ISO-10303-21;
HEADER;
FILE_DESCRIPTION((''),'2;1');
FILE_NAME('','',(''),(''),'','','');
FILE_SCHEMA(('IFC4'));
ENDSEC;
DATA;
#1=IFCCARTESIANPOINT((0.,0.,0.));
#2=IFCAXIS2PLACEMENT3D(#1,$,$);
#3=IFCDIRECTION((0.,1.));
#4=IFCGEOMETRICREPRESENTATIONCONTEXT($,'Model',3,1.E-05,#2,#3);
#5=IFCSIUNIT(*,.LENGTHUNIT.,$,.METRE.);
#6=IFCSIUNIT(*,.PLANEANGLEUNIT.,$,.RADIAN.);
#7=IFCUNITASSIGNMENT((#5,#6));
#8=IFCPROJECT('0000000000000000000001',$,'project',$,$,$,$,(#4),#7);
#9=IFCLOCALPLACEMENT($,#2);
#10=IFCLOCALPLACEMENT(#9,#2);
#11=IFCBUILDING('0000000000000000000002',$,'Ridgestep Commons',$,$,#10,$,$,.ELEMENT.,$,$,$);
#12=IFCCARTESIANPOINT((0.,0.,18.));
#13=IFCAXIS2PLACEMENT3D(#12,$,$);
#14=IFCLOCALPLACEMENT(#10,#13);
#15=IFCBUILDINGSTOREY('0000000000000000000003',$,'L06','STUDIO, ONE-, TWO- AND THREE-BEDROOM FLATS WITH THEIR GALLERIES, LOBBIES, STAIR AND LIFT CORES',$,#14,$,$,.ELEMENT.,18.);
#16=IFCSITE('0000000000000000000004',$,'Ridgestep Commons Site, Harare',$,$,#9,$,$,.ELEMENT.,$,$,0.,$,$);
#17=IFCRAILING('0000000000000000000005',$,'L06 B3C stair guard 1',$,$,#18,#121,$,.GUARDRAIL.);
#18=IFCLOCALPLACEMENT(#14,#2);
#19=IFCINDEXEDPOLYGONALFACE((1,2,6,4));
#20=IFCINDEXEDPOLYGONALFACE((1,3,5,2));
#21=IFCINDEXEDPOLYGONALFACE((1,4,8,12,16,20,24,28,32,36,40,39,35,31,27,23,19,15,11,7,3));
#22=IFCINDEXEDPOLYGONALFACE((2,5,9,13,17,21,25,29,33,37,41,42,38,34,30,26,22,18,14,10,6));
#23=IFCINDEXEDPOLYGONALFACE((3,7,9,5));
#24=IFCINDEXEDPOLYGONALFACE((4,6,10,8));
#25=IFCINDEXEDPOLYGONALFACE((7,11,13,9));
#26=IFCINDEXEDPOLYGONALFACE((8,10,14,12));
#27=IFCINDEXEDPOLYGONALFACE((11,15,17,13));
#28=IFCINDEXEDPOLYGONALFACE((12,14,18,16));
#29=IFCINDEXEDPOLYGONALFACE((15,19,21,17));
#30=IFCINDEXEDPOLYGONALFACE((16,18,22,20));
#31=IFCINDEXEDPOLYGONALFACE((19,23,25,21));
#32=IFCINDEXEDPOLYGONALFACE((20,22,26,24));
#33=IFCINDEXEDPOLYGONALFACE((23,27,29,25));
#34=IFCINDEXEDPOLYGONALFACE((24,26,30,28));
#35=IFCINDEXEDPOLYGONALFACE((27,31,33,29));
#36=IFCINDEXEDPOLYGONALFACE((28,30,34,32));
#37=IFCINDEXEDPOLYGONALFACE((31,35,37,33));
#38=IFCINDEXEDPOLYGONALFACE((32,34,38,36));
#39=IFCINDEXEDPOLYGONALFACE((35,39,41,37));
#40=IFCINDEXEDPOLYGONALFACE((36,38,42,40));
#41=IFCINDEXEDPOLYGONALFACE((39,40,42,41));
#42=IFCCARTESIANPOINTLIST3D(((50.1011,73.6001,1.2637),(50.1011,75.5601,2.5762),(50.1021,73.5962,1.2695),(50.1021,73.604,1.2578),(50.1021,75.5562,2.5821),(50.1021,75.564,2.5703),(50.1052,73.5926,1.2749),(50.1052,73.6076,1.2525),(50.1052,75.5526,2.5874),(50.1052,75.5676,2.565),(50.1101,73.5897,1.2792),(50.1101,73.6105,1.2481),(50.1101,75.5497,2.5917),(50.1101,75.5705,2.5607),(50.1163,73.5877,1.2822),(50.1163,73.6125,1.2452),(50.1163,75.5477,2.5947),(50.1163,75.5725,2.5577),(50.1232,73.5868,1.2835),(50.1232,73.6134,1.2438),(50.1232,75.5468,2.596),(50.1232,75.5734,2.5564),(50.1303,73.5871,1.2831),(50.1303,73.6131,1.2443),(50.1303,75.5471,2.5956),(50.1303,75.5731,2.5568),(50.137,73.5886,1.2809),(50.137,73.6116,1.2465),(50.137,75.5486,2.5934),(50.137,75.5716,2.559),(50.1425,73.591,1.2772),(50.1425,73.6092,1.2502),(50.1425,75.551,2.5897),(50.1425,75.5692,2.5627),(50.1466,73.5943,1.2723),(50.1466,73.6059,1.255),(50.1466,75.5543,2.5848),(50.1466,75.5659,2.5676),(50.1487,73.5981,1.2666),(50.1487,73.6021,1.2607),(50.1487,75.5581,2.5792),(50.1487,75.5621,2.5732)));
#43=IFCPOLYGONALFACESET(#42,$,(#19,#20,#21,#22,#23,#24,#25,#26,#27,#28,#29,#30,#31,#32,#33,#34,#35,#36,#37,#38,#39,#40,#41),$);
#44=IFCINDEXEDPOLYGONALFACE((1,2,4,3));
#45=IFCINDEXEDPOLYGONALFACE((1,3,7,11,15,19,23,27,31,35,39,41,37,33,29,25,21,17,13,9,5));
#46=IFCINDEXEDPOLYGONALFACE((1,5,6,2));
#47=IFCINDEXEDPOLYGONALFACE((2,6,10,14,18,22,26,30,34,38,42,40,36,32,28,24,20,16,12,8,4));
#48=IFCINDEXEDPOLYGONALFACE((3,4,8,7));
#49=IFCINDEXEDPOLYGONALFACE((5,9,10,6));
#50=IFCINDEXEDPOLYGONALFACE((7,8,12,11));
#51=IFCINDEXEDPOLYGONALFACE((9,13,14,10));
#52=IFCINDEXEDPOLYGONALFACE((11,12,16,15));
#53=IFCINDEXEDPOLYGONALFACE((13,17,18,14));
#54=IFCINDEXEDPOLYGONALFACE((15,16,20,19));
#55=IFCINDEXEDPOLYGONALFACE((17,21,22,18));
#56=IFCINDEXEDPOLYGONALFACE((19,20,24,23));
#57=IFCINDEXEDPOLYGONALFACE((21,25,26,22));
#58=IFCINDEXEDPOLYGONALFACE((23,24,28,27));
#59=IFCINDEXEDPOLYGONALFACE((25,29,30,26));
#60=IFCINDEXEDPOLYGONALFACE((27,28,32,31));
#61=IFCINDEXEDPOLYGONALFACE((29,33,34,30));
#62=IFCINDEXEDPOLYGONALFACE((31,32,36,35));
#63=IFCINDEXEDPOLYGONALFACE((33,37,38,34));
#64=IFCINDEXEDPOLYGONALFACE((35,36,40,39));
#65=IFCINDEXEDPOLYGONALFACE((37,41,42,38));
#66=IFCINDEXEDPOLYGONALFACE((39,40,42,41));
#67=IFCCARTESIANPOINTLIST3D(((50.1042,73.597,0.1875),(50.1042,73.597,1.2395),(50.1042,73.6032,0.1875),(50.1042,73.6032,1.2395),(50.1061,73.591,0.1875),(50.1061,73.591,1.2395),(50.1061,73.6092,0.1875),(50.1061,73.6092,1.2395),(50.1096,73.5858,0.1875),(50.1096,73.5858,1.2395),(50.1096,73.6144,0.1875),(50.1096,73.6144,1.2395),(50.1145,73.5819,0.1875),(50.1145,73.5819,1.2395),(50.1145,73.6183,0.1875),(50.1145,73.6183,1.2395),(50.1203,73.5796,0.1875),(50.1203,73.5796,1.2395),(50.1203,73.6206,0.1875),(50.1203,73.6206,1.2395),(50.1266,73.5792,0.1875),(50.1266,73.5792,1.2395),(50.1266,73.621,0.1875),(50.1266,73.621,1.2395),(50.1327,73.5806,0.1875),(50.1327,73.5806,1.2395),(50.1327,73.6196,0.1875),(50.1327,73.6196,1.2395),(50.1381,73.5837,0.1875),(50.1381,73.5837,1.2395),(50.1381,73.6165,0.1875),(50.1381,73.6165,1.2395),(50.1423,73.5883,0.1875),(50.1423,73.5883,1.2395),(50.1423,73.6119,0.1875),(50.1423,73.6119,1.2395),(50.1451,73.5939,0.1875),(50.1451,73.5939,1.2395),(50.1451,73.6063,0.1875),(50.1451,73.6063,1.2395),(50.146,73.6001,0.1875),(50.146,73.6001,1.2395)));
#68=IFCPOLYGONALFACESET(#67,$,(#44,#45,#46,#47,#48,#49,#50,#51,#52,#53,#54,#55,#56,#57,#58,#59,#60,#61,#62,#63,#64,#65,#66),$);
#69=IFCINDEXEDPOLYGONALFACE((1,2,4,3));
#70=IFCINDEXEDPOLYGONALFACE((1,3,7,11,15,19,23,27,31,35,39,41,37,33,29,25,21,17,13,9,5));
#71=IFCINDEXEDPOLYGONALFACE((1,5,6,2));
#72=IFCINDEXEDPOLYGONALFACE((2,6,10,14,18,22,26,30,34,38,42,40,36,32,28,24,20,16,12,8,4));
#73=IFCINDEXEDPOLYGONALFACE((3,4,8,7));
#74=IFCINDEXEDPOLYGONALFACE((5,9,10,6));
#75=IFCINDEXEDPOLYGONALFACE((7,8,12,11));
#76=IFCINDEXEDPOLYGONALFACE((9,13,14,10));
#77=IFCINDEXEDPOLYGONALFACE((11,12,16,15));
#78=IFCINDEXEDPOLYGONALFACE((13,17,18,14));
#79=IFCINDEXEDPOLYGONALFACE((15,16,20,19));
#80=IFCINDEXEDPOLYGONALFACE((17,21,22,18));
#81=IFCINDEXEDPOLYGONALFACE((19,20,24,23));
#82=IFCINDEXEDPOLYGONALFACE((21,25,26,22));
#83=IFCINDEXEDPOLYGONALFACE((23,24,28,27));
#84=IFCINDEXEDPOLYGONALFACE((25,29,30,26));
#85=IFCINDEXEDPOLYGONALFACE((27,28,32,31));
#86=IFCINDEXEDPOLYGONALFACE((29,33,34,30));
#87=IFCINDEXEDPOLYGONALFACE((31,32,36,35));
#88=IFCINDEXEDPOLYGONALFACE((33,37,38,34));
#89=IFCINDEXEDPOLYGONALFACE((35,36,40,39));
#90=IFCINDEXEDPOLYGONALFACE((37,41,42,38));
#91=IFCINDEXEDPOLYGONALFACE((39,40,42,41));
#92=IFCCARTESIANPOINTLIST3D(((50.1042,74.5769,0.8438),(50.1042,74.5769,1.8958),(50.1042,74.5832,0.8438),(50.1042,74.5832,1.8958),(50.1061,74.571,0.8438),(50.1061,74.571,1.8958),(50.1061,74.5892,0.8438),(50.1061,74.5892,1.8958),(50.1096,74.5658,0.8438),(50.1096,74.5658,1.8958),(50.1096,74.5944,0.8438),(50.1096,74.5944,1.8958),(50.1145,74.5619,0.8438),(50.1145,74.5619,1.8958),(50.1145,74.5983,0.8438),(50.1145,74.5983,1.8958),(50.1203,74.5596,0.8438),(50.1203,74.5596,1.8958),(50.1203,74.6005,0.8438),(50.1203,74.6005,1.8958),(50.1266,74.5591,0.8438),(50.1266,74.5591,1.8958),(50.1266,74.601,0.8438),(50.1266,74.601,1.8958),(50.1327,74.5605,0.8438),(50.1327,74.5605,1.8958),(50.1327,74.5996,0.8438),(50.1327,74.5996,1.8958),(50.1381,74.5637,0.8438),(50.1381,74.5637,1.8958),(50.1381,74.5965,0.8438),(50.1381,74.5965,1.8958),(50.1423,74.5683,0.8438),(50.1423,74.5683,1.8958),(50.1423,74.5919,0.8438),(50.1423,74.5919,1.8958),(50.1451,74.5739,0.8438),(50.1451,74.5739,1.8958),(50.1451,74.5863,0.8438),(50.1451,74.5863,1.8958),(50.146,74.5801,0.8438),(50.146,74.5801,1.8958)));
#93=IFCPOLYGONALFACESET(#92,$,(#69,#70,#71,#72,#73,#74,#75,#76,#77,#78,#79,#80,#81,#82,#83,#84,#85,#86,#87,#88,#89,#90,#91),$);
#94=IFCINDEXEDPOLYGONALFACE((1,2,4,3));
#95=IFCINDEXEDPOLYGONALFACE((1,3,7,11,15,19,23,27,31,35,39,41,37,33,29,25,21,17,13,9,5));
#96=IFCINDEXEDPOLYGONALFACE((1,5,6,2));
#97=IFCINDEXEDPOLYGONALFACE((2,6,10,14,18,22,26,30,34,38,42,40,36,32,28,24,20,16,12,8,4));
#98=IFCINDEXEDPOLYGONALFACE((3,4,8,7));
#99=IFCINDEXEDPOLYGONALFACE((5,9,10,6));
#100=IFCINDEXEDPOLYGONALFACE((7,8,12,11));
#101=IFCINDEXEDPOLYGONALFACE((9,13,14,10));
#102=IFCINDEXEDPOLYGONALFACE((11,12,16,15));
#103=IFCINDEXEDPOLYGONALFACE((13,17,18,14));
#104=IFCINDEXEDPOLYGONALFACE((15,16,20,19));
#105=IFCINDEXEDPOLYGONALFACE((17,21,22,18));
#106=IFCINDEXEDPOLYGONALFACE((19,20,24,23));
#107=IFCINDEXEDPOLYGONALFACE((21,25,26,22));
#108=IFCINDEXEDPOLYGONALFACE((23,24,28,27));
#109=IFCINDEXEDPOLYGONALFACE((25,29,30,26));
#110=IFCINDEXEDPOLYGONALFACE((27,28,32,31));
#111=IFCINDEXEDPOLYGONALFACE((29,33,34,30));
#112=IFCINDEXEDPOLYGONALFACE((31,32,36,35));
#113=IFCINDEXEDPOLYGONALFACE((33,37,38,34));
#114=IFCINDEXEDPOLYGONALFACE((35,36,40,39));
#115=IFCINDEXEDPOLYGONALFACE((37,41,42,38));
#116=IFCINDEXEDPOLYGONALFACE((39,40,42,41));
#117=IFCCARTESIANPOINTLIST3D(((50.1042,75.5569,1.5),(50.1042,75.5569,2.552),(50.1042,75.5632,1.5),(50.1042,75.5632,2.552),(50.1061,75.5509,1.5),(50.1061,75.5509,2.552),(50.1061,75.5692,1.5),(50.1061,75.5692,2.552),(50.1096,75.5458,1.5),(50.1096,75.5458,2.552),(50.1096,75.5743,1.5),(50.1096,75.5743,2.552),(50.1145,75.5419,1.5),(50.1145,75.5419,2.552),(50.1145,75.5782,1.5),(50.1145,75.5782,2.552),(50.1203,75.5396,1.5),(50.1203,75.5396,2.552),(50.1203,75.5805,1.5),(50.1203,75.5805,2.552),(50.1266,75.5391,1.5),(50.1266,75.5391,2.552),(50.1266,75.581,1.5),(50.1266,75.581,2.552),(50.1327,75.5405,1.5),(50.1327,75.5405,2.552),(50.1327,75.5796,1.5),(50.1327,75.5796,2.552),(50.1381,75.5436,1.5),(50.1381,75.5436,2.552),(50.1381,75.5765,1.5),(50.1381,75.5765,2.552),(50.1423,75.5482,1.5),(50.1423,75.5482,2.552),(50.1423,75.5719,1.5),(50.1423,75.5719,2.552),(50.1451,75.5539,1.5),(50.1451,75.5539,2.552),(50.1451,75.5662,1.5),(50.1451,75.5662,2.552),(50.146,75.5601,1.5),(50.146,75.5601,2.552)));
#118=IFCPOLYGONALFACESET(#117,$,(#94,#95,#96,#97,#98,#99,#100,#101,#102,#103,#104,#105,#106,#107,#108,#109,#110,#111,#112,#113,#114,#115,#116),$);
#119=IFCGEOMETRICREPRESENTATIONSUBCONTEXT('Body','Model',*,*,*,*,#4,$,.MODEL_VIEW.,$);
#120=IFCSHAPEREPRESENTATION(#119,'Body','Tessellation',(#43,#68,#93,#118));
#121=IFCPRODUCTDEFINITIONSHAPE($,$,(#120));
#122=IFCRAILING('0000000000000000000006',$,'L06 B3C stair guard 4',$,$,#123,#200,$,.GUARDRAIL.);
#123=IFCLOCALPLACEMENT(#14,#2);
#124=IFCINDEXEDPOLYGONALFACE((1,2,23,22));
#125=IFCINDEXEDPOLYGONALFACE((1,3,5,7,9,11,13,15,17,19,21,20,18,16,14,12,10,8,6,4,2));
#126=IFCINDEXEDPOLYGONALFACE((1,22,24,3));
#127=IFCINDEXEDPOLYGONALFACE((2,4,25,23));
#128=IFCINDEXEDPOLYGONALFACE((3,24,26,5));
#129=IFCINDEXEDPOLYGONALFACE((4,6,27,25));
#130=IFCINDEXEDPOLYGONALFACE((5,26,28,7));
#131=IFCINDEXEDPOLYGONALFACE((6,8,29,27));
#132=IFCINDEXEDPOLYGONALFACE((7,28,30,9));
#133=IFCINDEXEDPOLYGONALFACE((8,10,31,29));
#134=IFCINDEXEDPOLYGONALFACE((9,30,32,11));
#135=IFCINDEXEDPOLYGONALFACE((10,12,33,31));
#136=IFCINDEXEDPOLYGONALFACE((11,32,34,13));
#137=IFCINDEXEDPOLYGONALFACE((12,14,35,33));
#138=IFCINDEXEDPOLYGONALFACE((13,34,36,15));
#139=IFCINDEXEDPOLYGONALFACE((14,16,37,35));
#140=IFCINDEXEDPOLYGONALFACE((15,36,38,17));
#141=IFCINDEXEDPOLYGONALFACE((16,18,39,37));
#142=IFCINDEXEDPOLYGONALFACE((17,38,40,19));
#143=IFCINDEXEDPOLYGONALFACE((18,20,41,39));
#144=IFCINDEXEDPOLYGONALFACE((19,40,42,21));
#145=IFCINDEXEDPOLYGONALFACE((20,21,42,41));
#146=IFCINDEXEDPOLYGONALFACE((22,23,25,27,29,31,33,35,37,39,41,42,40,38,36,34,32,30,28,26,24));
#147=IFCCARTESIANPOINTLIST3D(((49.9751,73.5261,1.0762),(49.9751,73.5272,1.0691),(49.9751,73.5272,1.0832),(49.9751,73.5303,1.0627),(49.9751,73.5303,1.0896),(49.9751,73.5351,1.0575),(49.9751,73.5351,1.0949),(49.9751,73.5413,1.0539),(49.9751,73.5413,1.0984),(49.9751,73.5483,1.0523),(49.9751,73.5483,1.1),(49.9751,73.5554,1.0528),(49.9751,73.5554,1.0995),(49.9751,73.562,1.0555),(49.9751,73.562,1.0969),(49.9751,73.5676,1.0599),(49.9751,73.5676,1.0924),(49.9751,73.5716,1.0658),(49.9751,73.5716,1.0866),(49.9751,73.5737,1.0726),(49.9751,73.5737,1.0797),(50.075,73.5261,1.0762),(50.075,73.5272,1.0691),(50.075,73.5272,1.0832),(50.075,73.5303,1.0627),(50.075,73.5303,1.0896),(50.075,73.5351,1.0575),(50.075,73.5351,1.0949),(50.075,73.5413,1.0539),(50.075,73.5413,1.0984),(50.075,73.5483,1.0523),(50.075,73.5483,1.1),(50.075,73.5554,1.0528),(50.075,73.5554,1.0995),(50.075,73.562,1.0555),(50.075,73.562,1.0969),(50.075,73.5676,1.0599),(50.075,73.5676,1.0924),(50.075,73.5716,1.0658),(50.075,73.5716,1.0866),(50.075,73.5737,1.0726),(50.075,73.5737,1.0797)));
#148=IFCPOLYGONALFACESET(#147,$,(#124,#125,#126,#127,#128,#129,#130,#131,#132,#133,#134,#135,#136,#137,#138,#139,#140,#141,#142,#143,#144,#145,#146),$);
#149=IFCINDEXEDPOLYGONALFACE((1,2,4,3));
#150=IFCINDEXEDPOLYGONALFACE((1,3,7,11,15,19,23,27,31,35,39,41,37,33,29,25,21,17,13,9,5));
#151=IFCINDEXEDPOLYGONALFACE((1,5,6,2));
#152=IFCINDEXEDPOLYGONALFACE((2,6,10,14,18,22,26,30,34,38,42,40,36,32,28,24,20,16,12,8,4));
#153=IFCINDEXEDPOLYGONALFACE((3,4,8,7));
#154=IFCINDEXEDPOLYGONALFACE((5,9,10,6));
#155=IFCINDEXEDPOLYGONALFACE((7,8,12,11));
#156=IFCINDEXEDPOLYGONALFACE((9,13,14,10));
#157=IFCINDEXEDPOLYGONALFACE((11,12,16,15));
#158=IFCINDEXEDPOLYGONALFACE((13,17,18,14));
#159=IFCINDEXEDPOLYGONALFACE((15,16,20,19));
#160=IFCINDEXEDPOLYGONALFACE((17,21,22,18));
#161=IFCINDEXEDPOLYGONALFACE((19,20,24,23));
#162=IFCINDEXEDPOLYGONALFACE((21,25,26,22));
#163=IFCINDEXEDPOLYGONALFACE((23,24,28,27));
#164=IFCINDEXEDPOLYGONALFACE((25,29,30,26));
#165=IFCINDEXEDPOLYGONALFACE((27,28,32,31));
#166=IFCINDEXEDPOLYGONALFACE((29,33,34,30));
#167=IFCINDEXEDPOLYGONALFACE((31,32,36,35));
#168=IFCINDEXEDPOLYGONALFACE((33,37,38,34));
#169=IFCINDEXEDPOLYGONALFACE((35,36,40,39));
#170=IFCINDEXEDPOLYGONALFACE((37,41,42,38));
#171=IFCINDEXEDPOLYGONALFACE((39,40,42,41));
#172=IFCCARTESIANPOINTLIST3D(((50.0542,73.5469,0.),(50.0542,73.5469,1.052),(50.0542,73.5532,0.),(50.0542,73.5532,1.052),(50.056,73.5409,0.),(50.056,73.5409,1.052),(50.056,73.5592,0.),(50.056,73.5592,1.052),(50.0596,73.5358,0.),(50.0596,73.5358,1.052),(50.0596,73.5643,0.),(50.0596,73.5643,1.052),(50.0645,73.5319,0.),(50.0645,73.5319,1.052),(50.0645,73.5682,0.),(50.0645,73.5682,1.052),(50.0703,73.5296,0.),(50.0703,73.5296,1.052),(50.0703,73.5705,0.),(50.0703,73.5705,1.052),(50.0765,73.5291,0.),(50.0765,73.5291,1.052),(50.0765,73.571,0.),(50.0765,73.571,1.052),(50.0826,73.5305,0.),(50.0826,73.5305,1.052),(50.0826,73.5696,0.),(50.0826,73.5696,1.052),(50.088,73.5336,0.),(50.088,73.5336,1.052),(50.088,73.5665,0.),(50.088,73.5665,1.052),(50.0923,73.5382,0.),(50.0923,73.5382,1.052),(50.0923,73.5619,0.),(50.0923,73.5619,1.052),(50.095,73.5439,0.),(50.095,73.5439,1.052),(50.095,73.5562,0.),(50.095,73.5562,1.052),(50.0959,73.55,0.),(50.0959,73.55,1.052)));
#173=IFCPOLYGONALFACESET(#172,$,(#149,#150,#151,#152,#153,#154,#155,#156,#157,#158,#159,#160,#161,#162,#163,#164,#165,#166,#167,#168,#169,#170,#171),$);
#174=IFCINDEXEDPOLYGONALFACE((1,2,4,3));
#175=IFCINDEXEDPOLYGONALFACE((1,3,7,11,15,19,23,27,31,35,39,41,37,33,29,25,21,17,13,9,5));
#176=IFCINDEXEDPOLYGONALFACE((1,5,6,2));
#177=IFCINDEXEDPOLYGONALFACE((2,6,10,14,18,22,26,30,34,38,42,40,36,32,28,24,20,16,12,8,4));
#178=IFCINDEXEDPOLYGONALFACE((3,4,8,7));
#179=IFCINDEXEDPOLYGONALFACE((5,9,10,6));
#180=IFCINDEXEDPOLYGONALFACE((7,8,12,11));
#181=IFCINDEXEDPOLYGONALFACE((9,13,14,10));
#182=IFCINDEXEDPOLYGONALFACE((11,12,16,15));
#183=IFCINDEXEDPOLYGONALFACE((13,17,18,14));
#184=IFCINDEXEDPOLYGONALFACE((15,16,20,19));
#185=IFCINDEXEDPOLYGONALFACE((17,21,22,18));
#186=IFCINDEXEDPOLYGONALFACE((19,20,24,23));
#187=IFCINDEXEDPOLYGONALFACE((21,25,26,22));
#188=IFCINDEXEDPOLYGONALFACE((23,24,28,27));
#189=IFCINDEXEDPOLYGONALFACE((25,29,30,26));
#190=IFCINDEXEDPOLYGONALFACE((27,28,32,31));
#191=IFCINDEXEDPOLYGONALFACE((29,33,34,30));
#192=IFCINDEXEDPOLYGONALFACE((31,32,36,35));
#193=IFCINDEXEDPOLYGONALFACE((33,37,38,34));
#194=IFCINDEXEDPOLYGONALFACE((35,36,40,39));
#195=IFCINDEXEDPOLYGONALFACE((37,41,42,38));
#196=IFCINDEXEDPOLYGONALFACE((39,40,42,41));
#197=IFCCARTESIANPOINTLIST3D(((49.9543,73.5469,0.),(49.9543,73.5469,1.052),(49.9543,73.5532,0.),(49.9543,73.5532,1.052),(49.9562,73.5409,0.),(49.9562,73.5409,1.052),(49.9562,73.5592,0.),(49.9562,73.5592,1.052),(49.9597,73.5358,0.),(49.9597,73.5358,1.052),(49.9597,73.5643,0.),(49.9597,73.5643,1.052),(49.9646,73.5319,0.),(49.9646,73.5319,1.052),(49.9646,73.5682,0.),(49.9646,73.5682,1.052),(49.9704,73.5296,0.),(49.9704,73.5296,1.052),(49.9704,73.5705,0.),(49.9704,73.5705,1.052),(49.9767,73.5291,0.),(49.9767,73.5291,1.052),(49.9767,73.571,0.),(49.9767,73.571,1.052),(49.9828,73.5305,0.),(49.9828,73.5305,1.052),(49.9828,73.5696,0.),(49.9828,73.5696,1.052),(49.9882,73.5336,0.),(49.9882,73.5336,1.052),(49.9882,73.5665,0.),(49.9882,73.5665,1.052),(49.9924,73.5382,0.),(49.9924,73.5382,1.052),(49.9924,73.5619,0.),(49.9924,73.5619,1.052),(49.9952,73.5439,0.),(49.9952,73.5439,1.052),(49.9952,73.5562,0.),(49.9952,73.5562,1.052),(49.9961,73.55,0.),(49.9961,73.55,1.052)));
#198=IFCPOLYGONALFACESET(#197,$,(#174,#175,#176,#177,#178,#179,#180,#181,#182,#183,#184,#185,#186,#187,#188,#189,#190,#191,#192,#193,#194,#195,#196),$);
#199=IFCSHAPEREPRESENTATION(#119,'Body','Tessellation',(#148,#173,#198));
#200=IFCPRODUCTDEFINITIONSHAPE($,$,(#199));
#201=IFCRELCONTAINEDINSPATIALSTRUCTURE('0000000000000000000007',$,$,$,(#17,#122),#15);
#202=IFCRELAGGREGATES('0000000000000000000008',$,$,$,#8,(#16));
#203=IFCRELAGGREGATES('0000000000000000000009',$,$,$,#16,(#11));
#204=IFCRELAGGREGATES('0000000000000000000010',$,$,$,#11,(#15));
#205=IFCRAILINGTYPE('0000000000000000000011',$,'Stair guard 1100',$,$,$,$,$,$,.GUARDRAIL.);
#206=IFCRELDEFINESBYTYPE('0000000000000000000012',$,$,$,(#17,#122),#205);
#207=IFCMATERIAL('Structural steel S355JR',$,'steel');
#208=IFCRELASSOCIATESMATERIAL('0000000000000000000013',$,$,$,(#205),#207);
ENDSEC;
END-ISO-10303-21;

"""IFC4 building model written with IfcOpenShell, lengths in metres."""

from ifc_helpers import new_model, si_unit, direction, frame, origin, origin_2d, place, context, subcontext, project, spatial, circle, extrude, material, type_object, element, save


model = new_model("IFC4")

# Units and contexts
model_context = context("Model", 3, precision=1e-05, world=origin(), true_north=direction((0.0, 1.0)))
body_context = subcontext(model_context, "Body", "Model", "MODEL_VIEW")
ifc_project = project(units=[si_unit("LENGTHUNIT", "METRE"), si_unit("PLANEANGLEUNIT", "RADIAN")], contexts=[model_context])

# Site, building, storey
site_placement = place(None, origin())
site = spatial("IfcSite", under=ifc_project, at=site_placement, Name="Ridgestep Commons Site, Harare", CompositionType="ELEMENT", RefElevation=0.0)
building_placement = place(site_placement, origin())
building = spatial("IfcBuilding", under=site, at=building_placement, Name="Ridgestep Commons", CompositionType="ELEMENT")
storey_placement = place(building_placement, frame((0.0, 0.0, 18.0)))
storey = spatial("IfcBuildingStorey", under=building, at=storey_placement, Name="L06", Description="STUDIO, ONE-, TWO- AND THREE-BEDROOM FLATS WITH THEIR GALLERIES, LOBBIES, STAIR AND LIFT CORES", CompositionType="ELEMENT", Elevation=18.0)

# Railings
ifc_material_1 = material(Name="Structural steel S355JR", Category="steel")
railing_type_1 = type_object("IfcRailingType", Name="Stair guard 1100", PredefinedType="GUARDRAIL", material=ifc_material_1)
railing_1_placement = place(storey_placement, frame((50.125, 73.6001, 0.1875)))
element("IfcRailing", 1, at=railing_1_placement, inside=storey, type_object=railing_type_1, Name="L06 B3C stair guard 1", PredefinedType="GUARDRAIL", context=body_context, shape_type="SweptSolid", body=[
    extrude(circle(Radius=0.0239, at=origin_2d()), frame((0.0, 0.0, 1.0762), z_axis=(0.0, 0.830902, 0.556419), x_axis=(-1.0, 0.0, 0.0)), (0.0, 0.0, 1.0), 2.3589),
    extrude(circle(Radius=0.021, at=origin_2d()), origin(), (0.0, 0.0, 1.0), 1.052),
    extrude(circle(Radius=0.021, at=origin_2d()), frame((0.0, 0.98, 0.6562)), (0.0, 0.0, 1.0), 1.052),
    extrude(circle(Radius=0.021, at=origin_2d()), frame((0.0, 1.96, 1.3125)), (0.0, 0.0, 1.0), 1.052),
])
railing_2_placement = place(storey_placement, frame((50.075, 73.55, 0.0)))
element("IfcRailing", 2, at=railing_2_placement, inside=storey, type_object=railing_type_1, Name="L06 B3C stair guard 4", PredefinedType="GUARDRAIL", context=body_context, shape_type="SweptSolid", body=[
    extrude(circle(Radius=0.0239, at=origin_2d()), frame((0.0, 0.0, 1.0762), z_axis=(-1.0, 0.0, 0.0), x_axis=(0.0, -1.0, 0.0)), (0.0, 0.0, 1.0), 0.0999),
    extrude(circle(Radius=0.021, at=origin_2d()), origin(), (0.0, 0.0, 1.0), 1.052),
    extrude(circle(Radius=0.021, at=origin_2d()), frame((-0.0999, 0.0, 0.0)), (0.0, 0.0, 1.0), 1.052),
])

save(model, "model.ifc")
